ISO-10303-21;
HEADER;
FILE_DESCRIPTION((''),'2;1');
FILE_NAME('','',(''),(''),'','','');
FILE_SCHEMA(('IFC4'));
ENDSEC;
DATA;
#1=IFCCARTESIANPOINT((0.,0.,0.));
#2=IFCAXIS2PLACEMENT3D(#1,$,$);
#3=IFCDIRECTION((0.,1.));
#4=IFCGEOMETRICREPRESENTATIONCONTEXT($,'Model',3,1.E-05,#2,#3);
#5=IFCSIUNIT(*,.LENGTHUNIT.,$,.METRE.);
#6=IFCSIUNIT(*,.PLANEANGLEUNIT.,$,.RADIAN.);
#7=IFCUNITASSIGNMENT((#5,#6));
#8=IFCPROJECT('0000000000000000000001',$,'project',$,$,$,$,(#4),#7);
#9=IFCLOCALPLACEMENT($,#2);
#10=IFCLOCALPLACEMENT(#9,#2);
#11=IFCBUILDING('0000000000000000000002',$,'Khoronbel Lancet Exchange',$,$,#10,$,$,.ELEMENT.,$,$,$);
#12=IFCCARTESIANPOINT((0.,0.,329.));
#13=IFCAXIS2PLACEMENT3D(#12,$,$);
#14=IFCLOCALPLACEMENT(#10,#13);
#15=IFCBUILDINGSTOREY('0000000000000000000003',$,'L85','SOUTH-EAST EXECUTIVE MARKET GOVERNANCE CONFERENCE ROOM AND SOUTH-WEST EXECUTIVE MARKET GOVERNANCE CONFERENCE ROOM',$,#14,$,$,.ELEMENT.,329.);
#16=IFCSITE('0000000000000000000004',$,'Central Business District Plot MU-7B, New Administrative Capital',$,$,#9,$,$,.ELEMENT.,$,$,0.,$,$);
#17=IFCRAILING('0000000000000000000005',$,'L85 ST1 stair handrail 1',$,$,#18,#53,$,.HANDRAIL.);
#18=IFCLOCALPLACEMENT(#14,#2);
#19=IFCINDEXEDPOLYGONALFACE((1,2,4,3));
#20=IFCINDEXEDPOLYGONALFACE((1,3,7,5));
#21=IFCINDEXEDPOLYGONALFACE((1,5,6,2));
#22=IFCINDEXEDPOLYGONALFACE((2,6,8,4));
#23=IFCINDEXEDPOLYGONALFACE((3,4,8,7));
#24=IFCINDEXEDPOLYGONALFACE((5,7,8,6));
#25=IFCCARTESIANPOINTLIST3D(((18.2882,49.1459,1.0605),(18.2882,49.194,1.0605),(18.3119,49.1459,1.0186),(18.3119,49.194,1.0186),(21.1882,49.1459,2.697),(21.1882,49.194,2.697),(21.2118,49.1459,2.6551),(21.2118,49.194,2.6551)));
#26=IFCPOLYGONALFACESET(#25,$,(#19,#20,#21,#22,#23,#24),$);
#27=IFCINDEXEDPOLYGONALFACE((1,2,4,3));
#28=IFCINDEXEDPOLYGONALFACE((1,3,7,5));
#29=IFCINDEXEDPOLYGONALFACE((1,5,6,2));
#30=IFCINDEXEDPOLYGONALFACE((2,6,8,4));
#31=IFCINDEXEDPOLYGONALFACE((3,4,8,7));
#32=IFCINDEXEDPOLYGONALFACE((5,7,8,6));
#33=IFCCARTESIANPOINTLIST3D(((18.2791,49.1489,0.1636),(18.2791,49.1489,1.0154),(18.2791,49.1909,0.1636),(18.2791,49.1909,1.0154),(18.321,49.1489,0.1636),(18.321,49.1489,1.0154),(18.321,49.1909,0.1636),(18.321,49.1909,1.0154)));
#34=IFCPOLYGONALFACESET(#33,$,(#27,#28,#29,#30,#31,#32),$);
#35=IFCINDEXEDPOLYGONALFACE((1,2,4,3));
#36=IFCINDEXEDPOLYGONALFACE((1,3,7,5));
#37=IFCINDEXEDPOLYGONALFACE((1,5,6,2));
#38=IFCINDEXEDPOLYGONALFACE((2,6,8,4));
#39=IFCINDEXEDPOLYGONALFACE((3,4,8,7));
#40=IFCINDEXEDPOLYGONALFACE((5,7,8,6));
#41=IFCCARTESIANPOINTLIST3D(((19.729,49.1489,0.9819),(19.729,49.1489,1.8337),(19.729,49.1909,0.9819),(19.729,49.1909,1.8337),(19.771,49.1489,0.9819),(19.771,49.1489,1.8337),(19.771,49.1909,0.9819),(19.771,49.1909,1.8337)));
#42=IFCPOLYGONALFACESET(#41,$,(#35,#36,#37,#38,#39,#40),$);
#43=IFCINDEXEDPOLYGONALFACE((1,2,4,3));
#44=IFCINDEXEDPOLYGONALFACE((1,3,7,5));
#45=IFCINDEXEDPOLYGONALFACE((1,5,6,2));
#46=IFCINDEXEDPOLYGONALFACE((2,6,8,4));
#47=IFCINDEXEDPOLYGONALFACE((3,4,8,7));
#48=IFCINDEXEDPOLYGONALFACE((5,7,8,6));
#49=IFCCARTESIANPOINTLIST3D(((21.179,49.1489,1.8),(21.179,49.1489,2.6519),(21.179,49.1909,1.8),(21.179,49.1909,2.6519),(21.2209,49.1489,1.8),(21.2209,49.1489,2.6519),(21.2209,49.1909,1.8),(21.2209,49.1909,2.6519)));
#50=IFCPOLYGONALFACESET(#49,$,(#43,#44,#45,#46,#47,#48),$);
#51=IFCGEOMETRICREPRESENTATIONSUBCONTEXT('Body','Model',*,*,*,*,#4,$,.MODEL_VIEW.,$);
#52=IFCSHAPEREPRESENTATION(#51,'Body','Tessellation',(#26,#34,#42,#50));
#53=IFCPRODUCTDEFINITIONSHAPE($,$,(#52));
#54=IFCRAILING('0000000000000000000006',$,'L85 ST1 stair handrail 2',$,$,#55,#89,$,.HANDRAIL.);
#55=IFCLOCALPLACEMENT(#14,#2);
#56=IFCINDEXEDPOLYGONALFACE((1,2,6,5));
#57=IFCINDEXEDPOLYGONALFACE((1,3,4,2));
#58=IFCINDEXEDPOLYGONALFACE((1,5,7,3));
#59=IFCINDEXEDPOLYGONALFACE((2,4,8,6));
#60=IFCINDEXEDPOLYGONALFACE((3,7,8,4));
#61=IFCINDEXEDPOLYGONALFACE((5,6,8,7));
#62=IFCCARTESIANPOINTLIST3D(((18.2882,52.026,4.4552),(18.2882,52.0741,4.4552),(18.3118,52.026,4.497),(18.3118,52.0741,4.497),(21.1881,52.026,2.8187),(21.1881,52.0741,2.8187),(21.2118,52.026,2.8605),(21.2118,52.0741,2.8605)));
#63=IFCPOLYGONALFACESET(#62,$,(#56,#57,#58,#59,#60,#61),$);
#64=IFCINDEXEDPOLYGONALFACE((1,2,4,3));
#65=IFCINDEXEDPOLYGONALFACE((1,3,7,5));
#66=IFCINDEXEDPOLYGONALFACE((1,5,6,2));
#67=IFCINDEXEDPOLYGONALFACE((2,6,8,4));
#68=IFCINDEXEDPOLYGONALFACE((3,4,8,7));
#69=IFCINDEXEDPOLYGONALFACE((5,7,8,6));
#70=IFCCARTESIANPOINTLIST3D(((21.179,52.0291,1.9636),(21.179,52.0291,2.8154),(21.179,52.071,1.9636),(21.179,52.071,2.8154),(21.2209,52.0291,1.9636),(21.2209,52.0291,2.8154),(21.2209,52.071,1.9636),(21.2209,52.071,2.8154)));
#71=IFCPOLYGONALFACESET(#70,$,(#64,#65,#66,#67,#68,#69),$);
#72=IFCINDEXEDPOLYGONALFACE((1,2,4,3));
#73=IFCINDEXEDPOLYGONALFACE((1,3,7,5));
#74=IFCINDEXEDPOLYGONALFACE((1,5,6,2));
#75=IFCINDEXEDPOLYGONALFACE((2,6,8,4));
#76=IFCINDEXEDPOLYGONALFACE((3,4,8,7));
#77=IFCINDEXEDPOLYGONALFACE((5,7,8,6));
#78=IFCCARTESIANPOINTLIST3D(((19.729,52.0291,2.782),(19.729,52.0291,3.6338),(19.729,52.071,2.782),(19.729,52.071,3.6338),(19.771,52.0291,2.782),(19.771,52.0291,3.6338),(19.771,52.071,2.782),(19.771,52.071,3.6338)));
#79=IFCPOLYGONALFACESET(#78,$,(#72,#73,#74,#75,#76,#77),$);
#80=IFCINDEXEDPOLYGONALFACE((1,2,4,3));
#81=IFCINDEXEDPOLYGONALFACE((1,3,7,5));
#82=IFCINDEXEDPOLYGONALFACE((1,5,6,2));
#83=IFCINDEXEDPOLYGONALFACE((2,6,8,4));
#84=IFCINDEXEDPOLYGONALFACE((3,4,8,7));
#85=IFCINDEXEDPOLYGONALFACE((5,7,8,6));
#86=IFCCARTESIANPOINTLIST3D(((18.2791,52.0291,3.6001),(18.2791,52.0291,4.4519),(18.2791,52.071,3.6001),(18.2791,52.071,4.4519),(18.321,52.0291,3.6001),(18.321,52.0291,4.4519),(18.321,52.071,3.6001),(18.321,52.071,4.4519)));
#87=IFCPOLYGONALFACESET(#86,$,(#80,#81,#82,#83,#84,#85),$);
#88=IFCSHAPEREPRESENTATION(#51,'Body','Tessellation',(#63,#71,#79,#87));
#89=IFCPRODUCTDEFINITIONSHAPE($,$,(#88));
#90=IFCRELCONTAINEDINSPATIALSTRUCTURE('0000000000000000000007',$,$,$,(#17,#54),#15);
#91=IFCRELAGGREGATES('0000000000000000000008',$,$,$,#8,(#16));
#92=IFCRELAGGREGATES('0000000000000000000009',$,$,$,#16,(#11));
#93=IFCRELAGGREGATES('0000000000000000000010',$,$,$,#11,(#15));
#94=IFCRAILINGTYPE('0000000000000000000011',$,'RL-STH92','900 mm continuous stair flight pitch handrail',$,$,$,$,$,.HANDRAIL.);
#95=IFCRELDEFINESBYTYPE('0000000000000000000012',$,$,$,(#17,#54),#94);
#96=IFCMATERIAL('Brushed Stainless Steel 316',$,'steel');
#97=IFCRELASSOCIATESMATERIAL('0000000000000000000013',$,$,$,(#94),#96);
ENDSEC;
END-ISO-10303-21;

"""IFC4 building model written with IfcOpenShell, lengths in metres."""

from ifc_helpers import new_model, si_unit, direction, frame, origin, origin_2d, place, context, subcontext, project, spatial, rectangle, extrude, material, type_object, element, save


model = new_model("IFC4")

# Units and contexts
model_context = context("Model", 3, precision=1e-05, world=origin(), true_north=direction((0.0, 1.0)))
body_context = subcontext(model_context, "Body", "Model", "MODEL_VIEW")
ifc_project = project(units=[si_unit("LENGTHUNIT", "METRE"), si_unit("PLANEANGLEUNIT", "RADIAN")], contexts=[model_context])

# Site, building, storey
site_placement = place(None, origin())
site = spatial("IfcSite", under=ifc_project, at=site_placement, Name="Central Business District Plot MU-7B, New Administrative Capital", CompositionType="ELEMENT", RefElevation=0.0)
building_placement = place(site_placement, origin())
building = spatial("IfcBuilding", under=site, at=building_placement, Name="Khoronbel Lancet Exchange", CompositionType="ELEMENT")
storey_placement = place(building_placement, frame((0.0, 0.0, 329.0)))
storey = spatial("IfcBuildingStorey", under=building, at=storey_placement, Name="L85", Description="SOUTH-EAST EXECUTIVE MARKET GOVERNANCE CONFERENCE ROOM AND SOUTH-WEST EXECUTIVE MARKET GOVERNANCE CONFERENCE ROOM", CompositionType="ELEMENT", Elevation=329.0)

# Railings
ifc_material_1 = material(Name="Brushed Stainless Steel 316", Category="steel")
railing_type_1 = type_object("IfcRailingType", Name="RL-STH92", Description="900 mm continuous stair flight pitch handrail", PredefinedType="HANDRAIL", material=ifc_material_1)
railing_1_placement = place(storey_placement, frame((18.3, 49.1699, 0.1636)))
element("IfcRailing", 1, at=railing_1_placement, inside=storey, type_object=railing_type_1, Name="L85 ST1 stair handrail 1", PredefinedType="HANDRAIL", context=body_context, shape_type="SweptSolid", body=[
    extrude(rectangle(XDim=0.0481, YDim=0.0481, at=origin_2d()), frame((0.0, 0.0, 0.876), z_axis=(0.870897, 0.0, 0.491465), x_axis=(0.0, 1.0, 0.0)), (0.0, 0.0, 1.0), 3.3298),
    extrude(rectangle(XDim=0.042, YDim=0.042, at=origin_2d()), origin(), (0.0, 0.0, 1.0), 0.8518),
    extrude(rectangle(XDim=0.042, YDim=0.042, at=origin_2d()), frame((1.45, 0.0, 0.8184)), (0.0, 0.0, 1.0), 0.8518),
    extrude(rectangle(XDim=0.042, YDim=0.042, at=origin_2d()), frame((2.8999, 0.0, 1.6365)), (0.0, 0.0, 1.0), 0.8518),
])
railing_2_placement = place(storey_placement, frame((21.2, 52.05, 1.9636)))
element("IfcRailing", 2, at=railing_2_placement, inside=storey, type_object=railing_type_1, Name="L85 ST1 stair handrail 2", PredefinedType="HANDRAIL", context=body_context, shape_type="SweptSolid", body=[
    extrude(rectangle(XDim=0.0481, YDim=0.0481, at=origin_2d()), frame((0.0, 0.0, 0.876), z_axis=(-0.870897, 0.0, 0.491465), x_axis=(0.0, -1.0, 0.0)), (0.0, 0.0, 1.0), 3.3298),
    extrude(rectangle(XDim=0.042, YDim=0.042, at=origin_2d()), origin(), (0.0, 0.0, 1.0), 0.8518),
    extrude(rectangle(XDim=0.042, YDim=0.042, at=origin_2d()), frame((-1.45, 0.0, 0.8184)), (0.0, 0.0, 1.0), 0.8518),
    extrude(rectangle(XDim=0.042, YDim=0.042, at=origin_2d()), frame((-2.8999, 0.0, 1.6365)), (0.0, 0.0, 1.0), 0.8518),
])

save(model, "model.ifc")
